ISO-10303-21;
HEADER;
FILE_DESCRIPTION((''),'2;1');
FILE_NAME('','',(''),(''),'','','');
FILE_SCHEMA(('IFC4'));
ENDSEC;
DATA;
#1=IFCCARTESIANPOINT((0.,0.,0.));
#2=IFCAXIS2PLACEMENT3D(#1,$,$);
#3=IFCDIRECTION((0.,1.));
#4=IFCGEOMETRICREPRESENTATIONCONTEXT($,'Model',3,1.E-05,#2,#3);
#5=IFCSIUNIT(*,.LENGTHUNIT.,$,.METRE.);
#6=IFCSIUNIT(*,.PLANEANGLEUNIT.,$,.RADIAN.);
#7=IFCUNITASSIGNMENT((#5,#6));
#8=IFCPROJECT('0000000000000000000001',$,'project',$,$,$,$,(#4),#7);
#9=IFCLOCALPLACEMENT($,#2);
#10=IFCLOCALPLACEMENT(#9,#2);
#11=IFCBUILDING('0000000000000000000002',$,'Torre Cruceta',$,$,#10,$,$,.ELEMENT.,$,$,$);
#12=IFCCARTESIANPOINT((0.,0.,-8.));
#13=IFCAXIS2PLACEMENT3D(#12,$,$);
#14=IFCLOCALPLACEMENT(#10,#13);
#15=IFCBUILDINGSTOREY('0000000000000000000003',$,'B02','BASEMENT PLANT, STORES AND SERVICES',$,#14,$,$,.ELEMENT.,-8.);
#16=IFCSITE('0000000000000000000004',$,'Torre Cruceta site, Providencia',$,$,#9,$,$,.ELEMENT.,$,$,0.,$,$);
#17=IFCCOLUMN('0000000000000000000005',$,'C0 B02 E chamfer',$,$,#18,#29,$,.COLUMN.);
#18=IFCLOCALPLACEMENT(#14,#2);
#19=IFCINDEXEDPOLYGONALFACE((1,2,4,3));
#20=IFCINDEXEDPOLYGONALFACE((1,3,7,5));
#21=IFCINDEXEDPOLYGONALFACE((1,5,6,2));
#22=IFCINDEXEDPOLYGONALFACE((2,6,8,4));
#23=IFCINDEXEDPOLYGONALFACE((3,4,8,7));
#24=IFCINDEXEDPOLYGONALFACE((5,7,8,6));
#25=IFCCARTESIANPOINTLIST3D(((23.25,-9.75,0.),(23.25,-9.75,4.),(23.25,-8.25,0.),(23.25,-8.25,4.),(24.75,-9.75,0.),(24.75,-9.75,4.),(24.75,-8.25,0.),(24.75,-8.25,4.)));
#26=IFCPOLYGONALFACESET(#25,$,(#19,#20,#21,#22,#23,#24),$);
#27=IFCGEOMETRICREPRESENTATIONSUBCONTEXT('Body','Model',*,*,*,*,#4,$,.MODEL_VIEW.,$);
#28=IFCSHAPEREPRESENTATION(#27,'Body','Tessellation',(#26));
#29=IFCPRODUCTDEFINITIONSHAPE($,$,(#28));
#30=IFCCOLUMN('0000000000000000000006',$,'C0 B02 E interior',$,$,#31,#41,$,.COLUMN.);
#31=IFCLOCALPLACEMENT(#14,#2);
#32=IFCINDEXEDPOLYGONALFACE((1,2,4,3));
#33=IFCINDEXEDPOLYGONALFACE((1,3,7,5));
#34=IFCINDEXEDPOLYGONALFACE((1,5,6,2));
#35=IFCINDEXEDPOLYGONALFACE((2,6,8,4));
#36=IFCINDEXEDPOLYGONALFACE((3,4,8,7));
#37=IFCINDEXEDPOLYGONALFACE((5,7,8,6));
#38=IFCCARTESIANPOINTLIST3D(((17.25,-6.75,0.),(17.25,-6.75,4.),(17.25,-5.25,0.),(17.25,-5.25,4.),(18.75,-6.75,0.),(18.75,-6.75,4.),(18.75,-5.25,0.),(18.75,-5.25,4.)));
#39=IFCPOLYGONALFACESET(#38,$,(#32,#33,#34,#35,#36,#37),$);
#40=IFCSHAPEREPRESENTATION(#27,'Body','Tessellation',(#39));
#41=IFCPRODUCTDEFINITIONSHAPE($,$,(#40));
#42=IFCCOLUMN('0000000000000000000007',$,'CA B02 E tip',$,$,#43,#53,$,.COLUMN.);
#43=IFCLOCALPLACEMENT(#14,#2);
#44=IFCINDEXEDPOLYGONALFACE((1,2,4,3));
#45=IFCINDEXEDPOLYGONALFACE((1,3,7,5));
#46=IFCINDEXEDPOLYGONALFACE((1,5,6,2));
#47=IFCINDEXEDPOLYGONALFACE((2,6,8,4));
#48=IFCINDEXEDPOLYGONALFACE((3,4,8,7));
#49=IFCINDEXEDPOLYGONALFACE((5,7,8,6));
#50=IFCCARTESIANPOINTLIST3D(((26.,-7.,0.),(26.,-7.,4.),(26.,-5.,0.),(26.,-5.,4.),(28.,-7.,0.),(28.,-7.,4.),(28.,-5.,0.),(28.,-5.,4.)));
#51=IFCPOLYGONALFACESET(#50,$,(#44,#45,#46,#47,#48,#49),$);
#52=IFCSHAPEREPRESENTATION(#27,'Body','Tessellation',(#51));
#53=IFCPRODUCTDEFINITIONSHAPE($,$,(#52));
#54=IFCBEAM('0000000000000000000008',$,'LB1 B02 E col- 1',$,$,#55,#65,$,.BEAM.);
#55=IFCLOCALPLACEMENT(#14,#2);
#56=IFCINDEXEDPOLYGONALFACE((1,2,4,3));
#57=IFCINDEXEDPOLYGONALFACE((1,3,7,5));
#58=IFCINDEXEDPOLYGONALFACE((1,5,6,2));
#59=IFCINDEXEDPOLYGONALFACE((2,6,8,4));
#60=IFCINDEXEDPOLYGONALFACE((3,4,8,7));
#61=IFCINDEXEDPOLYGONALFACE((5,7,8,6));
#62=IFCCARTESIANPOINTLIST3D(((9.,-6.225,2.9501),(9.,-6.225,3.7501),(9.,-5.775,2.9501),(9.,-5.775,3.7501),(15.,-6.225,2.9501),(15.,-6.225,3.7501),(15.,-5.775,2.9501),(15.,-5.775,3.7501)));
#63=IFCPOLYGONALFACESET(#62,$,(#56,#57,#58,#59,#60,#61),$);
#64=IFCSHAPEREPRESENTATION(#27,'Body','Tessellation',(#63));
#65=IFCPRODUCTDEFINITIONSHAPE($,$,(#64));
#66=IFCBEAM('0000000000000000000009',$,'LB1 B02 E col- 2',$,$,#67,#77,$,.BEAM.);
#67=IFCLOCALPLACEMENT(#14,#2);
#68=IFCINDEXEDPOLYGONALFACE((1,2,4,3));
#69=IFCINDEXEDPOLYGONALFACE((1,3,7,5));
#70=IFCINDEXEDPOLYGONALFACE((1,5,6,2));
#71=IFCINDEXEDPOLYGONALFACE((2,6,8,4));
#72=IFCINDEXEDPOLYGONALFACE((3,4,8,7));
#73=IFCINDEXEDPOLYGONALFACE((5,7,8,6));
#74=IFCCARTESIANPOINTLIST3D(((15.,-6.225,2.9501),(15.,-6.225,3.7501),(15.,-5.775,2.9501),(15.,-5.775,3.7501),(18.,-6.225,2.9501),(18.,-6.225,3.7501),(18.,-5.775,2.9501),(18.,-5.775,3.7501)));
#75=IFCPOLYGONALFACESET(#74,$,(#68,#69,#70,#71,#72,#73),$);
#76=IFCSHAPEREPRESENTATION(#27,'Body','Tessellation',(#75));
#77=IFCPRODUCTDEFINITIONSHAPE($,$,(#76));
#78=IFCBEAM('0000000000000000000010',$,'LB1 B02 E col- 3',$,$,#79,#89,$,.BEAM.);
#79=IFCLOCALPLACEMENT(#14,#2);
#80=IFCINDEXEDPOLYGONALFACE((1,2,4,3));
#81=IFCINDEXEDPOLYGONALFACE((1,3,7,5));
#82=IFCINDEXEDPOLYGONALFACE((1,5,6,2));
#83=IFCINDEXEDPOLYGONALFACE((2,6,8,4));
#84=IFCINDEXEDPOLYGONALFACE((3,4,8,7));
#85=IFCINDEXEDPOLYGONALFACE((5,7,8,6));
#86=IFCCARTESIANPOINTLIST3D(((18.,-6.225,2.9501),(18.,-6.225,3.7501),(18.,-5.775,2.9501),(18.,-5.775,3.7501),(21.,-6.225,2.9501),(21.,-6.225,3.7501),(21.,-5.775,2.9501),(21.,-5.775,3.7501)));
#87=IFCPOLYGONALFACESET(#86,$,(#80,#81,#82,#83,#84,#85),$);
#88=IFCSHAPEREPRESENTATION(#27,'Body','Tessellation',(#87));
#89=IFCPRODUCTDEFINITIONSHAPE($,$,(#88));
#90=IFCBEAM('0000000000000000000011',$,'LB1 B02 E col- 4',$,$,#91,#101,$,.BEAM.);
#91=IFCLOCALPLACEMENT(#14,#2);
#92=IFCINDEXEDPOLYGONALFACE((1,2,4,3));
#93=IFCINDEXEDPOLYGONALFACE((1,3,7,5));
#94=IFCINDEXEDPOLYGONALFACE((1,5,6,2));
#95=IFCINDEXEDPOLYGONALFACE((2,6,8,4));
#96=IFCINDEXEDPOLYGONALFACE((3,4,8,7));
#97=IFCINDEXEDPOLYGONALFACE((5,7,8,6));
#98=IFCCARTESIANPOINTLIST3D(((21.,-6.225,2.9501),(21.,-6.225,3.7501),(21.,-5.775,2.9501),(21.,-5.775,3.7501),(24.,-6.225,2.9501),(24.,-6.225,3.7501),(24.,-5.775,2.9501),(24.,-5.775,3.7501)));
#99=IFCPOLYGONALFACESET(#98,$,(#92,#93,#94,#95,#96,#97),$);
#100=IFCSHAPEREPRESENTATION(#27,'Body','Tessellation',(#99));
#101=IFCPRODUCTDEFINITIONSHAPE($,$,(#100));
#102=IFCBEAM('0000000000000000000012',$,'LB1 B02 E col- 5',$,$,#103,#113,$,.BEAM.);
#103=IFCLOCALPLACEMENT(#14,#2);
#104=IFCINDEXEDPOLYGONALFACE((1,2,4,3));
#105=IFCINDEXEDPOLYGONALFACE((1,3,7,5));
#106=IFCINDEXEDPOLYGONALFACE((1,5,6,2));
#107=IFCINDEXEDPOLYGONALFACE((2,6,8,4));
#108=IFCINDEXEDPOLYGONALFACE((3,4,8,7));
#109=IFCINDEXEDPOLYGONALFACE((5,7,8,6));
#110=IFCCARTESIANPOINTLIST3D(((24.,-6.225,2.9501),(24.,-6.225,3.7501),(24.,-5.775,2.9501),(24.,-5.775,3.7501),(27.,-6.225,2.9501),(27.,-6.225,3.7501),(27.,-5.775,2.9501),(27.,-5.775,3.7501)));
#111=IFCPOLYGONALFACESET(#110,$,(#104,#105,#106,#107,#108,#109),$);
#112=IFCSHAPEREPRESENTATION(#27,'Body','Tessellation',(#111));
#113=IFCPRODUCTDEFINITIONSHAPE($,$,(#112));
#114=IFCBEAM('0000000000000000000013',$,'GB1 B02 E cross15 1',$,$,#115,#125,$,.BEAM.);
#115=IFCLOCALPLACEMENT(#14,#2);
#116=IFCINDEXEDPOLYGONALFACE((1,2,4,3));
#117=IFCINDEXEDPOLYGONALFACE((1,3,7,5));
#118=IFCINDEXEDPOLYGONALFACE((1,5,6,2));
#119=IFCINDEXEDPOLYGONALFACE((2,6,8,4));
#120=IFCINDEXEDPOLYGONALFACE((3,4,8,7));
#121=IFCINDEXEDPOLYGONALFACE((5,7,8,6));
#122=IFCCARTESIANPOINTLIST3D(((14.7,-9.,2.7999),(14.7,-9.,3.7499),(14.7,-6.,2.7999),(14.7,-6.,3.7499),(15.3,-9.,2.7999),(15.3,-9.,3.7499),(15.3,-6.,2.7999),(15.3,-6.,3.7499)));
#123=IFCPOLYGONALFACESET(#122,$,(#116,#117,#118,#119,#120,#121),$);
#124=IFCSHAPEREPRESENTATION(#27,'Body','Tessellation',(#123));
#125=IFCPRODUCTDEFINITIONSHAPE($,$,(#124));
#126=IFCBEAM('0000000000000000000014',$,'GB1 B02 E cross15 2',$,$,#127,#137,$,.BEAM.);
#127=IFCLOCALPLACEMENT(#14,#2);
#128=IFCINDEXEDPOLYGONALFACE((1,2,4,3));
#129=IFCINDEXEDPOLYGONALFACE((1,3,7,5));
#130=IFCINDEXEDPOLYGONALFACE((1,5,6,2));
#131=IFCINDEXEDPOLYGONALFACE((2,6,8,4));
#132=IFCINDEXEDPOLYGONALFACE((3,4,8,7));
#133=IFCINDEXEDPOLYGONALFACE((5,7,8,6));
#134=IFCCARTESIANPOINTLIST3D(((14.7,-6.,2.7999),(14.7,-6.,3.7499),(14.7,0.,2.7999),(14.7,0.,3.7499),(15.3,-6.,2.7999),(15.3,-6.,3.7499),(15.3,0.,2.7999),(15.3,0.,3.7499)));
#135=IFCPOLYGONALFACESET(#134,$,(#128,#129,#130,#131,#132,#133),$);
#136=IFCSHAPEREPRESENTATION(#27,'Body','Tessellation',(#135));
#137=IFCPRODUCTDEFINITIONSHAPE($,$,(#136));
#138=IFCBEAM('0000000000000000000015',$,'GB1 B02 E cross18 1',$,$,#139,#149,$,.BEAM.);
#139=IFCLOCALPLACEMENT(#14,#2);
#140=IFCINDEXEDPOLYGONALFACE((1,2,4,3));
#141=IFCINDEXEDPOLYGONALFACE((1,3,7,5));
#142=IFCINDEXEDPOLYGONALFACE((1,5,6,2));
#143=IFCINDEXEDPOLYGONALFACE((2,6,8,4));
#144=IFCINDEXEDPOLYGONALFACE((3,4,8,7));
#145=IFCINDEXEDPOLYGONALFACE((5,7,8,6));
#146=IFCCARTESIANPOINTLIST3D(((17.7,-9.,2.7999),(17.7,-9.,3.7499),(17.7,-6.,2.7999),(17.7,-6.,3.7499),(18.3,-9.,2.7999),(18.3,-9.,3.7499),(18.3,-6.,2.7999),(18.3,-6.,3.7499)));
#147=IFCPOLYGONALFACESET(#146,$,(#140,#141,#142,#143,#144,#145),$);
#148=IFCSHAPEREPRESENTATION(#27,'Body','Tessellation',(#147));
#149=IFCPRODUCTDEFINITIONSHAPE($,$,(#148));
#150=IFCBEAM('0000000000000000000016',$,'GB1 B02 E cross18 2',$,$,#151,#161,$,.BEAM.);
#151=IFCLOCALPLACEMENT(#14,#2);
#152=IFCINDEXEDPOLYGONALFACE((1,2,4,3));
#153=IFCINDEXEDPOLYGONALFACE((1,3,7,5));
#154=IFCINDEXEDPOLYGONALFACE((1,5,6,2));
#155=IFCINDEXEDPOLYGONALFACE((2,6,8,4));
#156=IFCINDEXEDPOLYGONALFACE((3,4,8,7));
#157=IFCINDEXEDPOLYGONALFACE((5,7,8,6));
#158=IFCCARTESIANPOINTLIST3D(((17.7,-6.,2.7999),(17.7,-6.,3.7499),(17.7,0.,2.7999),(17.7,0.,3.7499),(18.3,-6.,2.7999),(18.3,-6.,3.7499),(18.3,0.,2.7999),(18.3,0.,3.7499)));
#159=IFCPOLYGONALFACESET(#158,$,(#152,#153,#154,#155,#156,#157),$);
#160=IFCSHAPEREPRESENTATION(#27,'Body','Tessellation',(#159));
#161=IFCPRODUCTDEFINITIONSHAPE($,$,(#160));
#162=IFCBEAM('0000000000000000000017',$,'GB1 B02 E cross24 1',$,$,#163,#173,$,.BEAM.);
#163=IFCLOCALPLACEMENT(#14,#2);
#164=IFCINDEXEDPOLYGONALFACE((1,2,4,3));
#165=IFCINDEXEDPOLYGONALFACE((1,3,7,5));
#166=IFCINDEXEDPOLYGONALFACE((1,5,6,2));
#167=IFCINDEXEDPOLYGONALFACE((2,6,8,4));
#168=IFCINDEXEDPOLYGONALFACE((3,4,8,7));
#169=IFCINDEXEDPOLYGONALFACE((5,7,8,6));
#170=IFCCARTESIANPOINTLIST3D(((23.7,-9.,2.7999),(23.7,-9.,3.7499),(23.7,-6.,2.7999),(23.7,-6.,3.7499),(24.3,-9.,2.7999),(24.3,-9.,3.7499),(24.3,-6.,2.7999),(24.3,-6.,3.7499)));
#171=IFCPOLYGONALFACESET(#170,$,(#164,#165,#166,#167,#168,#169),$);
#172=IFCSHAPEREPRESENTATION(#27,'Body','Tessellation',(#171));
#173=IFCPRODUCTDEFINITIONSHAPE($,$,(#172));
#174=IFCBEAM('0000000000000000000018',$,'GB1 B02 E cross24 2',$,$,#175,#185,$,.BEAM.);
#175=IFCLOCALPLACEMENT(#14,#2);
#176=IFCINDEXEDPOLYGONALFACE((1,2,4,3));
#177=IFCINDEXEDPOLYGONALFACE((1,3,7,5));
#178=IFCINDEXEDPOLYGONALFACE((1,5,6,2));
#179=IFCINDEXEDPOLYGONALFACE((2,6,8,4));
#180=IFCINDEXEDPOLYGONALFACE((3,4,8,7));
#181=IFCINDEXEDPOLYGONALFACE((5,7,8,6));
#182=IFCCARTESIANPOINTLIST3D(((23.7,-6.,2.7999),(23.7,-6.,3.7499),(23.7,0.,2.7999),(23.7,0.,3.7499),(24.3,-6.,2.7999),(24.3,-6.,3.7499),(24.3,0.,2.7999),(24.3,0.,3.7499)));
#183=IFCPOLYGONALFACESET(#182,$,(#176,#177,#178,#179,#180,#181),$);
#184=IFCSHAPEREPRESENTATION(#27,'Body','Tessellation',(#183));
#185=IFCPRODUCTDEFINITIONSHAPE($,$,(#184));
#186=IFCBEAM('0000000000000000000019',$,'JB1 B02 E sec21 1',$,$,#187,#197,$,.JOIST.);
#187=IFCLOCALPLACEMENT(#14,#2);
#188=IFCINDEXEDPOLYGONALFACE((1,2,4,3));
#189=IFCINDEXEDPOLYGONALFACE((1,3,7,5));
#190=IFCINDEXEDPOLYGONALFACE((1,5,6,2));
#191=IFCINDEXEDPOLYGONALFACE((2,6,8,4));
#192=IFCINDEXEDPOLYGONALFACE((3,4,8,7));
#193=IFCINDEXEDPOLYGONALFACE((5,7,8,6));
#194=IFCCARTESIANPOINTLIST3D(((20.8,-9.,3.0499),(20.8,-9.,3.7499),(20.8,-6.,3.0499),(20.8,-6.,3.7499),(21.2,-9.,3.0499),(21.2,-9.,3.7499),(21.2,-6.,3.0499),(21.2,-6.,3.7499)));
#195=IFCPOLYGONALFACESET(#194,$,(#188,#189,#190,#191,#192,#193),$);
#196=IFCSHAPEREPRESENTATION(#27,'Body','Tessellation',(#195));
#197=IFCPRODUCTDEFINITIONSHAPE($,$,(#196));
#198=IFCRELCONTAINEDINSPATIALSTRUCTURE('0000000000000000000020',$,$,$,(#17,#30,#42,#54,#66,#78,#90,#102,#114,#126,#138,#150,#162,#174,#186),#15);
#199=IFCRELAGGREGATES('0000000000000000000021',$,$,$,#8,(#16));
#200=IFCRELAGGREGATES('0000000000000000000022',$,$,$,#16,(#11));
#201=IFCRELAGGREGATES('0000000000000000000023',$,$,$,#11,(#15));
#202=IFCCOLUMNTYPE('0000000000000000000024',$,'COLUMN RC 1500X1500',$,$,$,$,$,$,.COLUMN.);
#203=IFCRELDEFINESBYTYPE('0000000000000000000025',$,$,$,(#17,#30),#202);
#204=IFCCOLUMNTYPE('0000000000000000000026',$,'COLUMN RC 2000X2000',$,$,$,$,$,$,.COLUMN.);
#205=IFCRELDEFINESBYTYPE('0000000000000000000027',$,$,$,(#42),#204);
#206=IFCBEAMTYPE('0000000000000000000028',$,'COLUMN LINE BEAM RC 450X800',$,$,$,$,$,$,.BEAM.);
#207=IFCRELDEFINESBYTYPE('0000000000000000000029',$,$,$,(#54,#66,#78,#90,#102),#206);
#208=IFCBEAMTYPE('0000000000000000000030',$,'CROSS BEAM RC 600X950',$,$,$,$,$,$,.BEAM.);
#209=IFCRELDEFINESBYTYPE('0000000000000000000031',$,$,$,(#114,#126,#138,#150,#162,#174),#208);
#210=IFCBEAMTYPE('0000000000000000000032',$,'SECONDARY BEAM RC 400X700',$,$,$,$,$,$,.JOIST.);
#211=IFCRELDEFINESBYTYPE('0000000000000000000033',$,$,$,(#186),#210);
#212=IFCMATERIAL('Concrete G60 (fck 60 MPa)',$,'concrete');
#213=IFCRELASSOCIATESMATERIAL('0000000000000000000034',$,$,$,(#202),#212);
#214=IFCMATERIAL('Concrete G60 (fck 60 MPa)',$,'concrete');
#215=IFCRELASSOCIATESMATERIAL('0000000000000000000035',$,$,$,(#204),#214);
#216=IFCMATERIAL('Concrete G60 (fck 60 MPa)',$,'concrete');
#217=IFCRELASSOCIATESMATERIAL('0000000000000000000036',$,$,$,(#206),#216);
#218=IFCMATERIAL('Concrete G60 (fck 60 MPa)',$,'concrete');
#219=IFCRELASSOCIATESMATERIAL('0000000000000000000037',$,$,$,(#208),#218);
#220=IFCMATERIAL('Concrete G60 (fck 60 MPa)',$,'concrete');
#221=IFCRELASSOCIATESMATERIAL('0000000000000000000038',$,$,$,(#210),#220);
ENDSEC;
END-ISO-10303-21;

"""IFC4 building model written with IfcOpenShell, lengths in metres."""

from ifc_helpers import new_model, si_unit, direction, frame, origin, origin_2d, place, context, subcontext, project, spatial, rectangle, extrude, material, material_profile, profile_set, type_object, element, save


model = new_model("IFC4")

# Units and contexts
model_context = context("Model", 3, precision=1e-05, world=origin(), true_north=direction((0.0, 1.0)))
body_context = subcontext(model_context, "Body", "Model", "MODEL_VIEW")
ifc_project = project(units=[si_unit("LENGTHUNIT", "METRE"), si_unit("PLANEANGLEUNIT", "RADIAN")], contexts=[model_context])

# Site, building, storey
site_placement = place(None, origin())
site = spatial("IfcSite", under=ifc_project, at=site_placement, Name="Torre Cruceta site, Providencia", CompositionType="ELEMENT", RefElevation=0.0)
building_placement = place(site_placement, origin())
building = spatial("IfcBuilding", under=site, at=building_placement, Name="Torre Cruceta", CompositionType="ELEMENT")
storey_placement = place(building_placement, frame((0.0, 0.0, -8.0)))
storey = spatial("IfcBuildingStorey", under=building, at=storey_placement, Name="B02", Description="BASEMENT PLANT, STORES AND SERVICES", CompositionType="ELEMENT", Elevation=-8.0)

# Columns
ifc_material_1 = material(Name="Concrete G60 (fck 60 MPa)", Category="concrete")
ifc_material_profile_1 = material_profile(ifc_material_1, rectangle(XDim=1.5, YDim=1.5, at=origin_2d()), Name="RC 1500X1500")
ifc_profile_set_1 = profile_set([ifc_material_profile_1], Name="Concrete G60 (fck 60 MPa)")
column_type_1 = type_object("IfcColumnType", Name="COLUMN RC 1500X1500", PredefinedType="COLUMN", material=ifc_profile_set_1)
for number, where, z_axis, x_axis, name in (
    (1, (24.0, -9.0, 0.0), (0.0, 0.0, 1.0), (1.0, 0.0, 0.0), "C0 B02 E chamfer"),
    (2, (18.0, -6.0, 0.0), (0.0, 0.0, 1.0), (1.0, 0.0, 0.0), "C0 B02 E interior"),
):
    element("IfcColumn", number, at=place(storey_placement, frame(where, z_axis=z_axis, x_axis=x_axis)), inside=storey, type_object=column_type_1, Name=name, PredefinedType="COLUMN", context=body_context, shape_type="SweptSolid", body=[
        extrude(rectangle(XDim=1.5, YDim=1.5, at=origin_2d()), origin(), (0.0, 0.0, 1.0), 4.0),
    ])
ifc_material_2 = material(Name="Concrete G60 (fck 60 MPa)", Category="concrete")
ifc_material_profile_2 = material_profile(ifc_material_2, rectangle(XDim=2.0, YDim=2.0, at=origin_2d()), Name="RC 2000X2000")
ifc_profile_set_2 = profile_set([ifc_material_profile_2], Name="Concrete G60 (fck 60 MPa)")
column_type_2 = type_object("IfcColumnType", Name="COLUMN RC 2000X2000", PredefinedType="COLUMN", material=ifc_profile_set_2)
column_placement = place(storey_placement, frame((27.0, -6.0, 0.0), z_axis=(0.0, 0.0, 1.0), x_axis=(1.0, 0.0, 0.0)))
element("IfcColumn", 3, at=column_placement, inside=storey, type_object=column_type_2, Name="CA B02 E tip", PredefinedType="COLUMN", context=body_context, shape_type="SweptSolid", body=[
    extrude(rectangle(XDim=2.0, YDim=2.0, at=origin_2d()), origin(), (0.0, 0.0, 1.0), 4.0),
])

# Beams
ifc_material_3 = material(Name="Concrete G60 (fck 60 MPa)", Category="concrete")
ifc_material_profile_3 = material_profile(ifc_material_3, rectangle(XDim=0.45, YDim=0.8, at=origin_2d()), Name="RC 450X800")
ifc_profile_set_3 = profile_set([ifc_material_profile_3], Name="Concrete G60 (fck 60 MPa)")
beam_type_1 = type_object("IfcBeamType", Name="COLUMN LINE BEAM RC 450X800", PredefinedType="BEAM", material=ifc_profile_set_3)
beam_1_placement = place(storey_placement, frame((9.0, -6.0, 3.3501), z_axis=(1.0, 0.0, 0.0), x_axis=(0.0, 1.0, 0.0)))
element("IfcBeam", 4, at=beam_1_placement, inside=storey, type_object=beam_type_1, Name="LB1 B02 E col- 1", PredefinedType="BEAM", context=body_context, shape_type="SweptSolid", body=[
    extrude(rectangle(XDim=0.45, YDim=0.8, at=origin_2d()), origin(), (0.0, 0.0, 1.0), 6.0),
])
for number, where, z_axis, x_axis, name in (
    (5, (15.0, -6.0, 3.3501), (1.0, 0.0, 0.0), (0.0, 1.0, 0.0), "LB1 B02 E col- 2"),
    (6, (18.0, -6.0, 3.3501), (1.0, 0.0, 0.0), (0.0, 1.0, 0.0), "LB1 B02 E col- 3"),
    (7, (21.0, -6.0, 3.3501), (1.0, 0.0, 0.0), (0.0, 1.0, 0.0), "LB1 B02 E col- 4"),
    (8, (24.0, -6.0, 3.3501), (1.0, 0.0, 0.0), (0.0, 1.0, 0.0), "LB1 B02 E col- 5"),
):
    element("IfcBeam", number, at=place(storey_placement, frame(where, z_axis=z_axis, x_axis=x_axis)), inside=storey, type_object=beam_type_1, Name=name, PredefinedType="BEAM", context=body_context, shape_type="SweptSolid", body=[
        extrude(rectangle(XDim=0.45, YDim=0.8, at=origin_2d()), origin(), (0.0, 0.0, 1.0), 3.0),
    ])
ifc_material_4 = material(Name="Concrete G60 (fck 60 MPa)", Category="concrete")
ifc_material_profile_4 = material_profile(ifc_material_4, rectangle(XDim=0.6001, YDim=0.95, at=origin_2d()), Name="RC 600X950")
ifc_profile_set_4 = profile_set([ifc_material_profile_4], Name="Concrete G60 (fck 60 MPa)")
beam_type_2 = type_object("IfcBeamType", Name="CROSS BEAM RC 600X950", PredefinedType="BEAM", material=ifc_profile_set_4)
beam_2_placement = place(storey_placement, frame((15.0, -9.0, 3.2749), z_axis=(0.0, 1.0, 0.0), x_axis=(-1.0, 0.0, 0.0)))
element("IfcBeam", 9, at=beam_2_placement, inside=storey, type_object=beam_type_2, Name="GB1 B02 E cross15 1", PredefinedType="BEAM", context=body_context, shape_type="SweptSolid", body=[
    extrude(rectangle(XDim=0.6001, YDim=0.95, at=origin_2d()), origin(), (0.0, 0.0, 1.0), 3.0),
])
beam_3_placement = place(storey_placement, frame((15.0, -6.0, 3.2749), z_axis=(0.0, 1.0, 0.0), x_axis=(-1.0, 0.0, 0.0)))
element("IfcBeam", 10, at=beam_3_placement, inside=storey, type_object=beam_type_2, Name="GB1 B02 E cross15 2", PredefinedType="BEAM", context=body_context, shape_type="SweptSolid", body=[
    extrude(rectangle(XDim=0.6001, YDim=0.95, at=origin_2d()), origin(), (0.0, 0.0, 1.0), 6.0),
])
beam_4_placement = place(storey_placement, frame((18.0, -9.0, 3.2749), z_axis=(0.0, 1.0, 0.0), x_axis=(-1.0, 0.0, 0.0)))
element("IfcBeam", 11, at=beam_4_placement, inside=storey, type_object=beam_type_2, Name="GB1 B02 E cross18 1", PredefinedType="BEAM", context=body_context, shape_type="SweptSolid", body=[
    extrude(rectangle(XDim=0.6001, YDim=0.95, at=origin_2d()), origin(), (0.0, 0.0, 1.0), 3.0),
])
beam_5_placement = place(storey_placement, frame((18.0, -6.0, 3.2749), z_axis=(0.0, 1.0, 0.0), x_axis=(-1.0, 0.0, 0.0)))
element("IfcBeam", 12, at=beam_5_placement, inside=storey, type_object=beam_type_2, Name="GB1 B02 E cross18 2", PredefinedType="BEAM", context=body_context, shape_type="SweptSolid", body=[
    extrude(rectangle(XDim=0.6001, YDim=0.95, at=origin_2d()), origin(), (0.0, 0.0, 1.0), 6.0),
])
beam_6_placement = place(storey_placement, frame((24.0, -9.0, 3.2749), z_axis=(0.0, 1.0, 0.0), x_axis=(-1.0, 0.0, 0.0)))
element("IfcBeam", 13, at=beam_6_placement, inside=storey, type_object=beam_type_2, Name="GB1 B02 E cross24 1", PredefinedType="BEAM", context=body_context, shape_type="SweptSolid", body=[
    extrude(rectangle(XDim=0.6001, YDim=0.95, at=origin_2d()), origin(), (0.0, 0.0, 1.0), 3.0),
])
beam_7_placement = place(storey_placement, frame((24.0, -6.0, 3.2749), z_axis=(0.0, 1.0, 0.0), x_axis=(-1.0, 0.0, 0.0)))
element("IfcBeam", 14, at=beam_7_placement, inside=storey, type_object=beam_type_2, Name="GB1 B02 E cross24 2", PredefinedType="BEAM", context=body_context, shape_type="SweptSolid", body=[
    extrude(rectangle(XDim=0.6001, YDim=0.95, at=origin_2d()), origin(), (0.0, 0.0, 1.0), 6.0),
])
ifc_material_5 = material(Name="Concrete G60 (fck 60 MPa)", Category="concrete")
ifc_material_profile_5 = material_profile(ifc_material_5, rectangle(XDim=0.3999, YDim=0.7, at=origin_2d()), Name="RC 400X700")
ifc_profile_set_5 = profile_set([ifc_material_profile_5], Name="Concrete G60 (fck 60 MPa)")
beam_type_3 = type_object("IfcBeamType", Name="SECONDARY BEAM RC 400X700", PredefinedType="JOIST", material=ifc_profile_set_5)
beam_8_placement = place(storey_placement, frame((21.0, -9.0, 3.3999), z_axis=(0.0, 1.0, 0.0), x_axis=(-1.0, 0.0, 0.0)))
element("IfcBeam", 15, at=beam_8_placement, inside=storey, type_object=beam_type_3, Name="JB1 B02 E sec21 1", PredefinedType="JOIST", context=body_context, shape_type="SweptSolid", body=[
    extrude(rectangle(XDim=0.3999, YDim=0.7, at=origin_2d()), origin(), (0.0, 0.0, 1.0), 3.0),
])

save(model, "model.ifc")
